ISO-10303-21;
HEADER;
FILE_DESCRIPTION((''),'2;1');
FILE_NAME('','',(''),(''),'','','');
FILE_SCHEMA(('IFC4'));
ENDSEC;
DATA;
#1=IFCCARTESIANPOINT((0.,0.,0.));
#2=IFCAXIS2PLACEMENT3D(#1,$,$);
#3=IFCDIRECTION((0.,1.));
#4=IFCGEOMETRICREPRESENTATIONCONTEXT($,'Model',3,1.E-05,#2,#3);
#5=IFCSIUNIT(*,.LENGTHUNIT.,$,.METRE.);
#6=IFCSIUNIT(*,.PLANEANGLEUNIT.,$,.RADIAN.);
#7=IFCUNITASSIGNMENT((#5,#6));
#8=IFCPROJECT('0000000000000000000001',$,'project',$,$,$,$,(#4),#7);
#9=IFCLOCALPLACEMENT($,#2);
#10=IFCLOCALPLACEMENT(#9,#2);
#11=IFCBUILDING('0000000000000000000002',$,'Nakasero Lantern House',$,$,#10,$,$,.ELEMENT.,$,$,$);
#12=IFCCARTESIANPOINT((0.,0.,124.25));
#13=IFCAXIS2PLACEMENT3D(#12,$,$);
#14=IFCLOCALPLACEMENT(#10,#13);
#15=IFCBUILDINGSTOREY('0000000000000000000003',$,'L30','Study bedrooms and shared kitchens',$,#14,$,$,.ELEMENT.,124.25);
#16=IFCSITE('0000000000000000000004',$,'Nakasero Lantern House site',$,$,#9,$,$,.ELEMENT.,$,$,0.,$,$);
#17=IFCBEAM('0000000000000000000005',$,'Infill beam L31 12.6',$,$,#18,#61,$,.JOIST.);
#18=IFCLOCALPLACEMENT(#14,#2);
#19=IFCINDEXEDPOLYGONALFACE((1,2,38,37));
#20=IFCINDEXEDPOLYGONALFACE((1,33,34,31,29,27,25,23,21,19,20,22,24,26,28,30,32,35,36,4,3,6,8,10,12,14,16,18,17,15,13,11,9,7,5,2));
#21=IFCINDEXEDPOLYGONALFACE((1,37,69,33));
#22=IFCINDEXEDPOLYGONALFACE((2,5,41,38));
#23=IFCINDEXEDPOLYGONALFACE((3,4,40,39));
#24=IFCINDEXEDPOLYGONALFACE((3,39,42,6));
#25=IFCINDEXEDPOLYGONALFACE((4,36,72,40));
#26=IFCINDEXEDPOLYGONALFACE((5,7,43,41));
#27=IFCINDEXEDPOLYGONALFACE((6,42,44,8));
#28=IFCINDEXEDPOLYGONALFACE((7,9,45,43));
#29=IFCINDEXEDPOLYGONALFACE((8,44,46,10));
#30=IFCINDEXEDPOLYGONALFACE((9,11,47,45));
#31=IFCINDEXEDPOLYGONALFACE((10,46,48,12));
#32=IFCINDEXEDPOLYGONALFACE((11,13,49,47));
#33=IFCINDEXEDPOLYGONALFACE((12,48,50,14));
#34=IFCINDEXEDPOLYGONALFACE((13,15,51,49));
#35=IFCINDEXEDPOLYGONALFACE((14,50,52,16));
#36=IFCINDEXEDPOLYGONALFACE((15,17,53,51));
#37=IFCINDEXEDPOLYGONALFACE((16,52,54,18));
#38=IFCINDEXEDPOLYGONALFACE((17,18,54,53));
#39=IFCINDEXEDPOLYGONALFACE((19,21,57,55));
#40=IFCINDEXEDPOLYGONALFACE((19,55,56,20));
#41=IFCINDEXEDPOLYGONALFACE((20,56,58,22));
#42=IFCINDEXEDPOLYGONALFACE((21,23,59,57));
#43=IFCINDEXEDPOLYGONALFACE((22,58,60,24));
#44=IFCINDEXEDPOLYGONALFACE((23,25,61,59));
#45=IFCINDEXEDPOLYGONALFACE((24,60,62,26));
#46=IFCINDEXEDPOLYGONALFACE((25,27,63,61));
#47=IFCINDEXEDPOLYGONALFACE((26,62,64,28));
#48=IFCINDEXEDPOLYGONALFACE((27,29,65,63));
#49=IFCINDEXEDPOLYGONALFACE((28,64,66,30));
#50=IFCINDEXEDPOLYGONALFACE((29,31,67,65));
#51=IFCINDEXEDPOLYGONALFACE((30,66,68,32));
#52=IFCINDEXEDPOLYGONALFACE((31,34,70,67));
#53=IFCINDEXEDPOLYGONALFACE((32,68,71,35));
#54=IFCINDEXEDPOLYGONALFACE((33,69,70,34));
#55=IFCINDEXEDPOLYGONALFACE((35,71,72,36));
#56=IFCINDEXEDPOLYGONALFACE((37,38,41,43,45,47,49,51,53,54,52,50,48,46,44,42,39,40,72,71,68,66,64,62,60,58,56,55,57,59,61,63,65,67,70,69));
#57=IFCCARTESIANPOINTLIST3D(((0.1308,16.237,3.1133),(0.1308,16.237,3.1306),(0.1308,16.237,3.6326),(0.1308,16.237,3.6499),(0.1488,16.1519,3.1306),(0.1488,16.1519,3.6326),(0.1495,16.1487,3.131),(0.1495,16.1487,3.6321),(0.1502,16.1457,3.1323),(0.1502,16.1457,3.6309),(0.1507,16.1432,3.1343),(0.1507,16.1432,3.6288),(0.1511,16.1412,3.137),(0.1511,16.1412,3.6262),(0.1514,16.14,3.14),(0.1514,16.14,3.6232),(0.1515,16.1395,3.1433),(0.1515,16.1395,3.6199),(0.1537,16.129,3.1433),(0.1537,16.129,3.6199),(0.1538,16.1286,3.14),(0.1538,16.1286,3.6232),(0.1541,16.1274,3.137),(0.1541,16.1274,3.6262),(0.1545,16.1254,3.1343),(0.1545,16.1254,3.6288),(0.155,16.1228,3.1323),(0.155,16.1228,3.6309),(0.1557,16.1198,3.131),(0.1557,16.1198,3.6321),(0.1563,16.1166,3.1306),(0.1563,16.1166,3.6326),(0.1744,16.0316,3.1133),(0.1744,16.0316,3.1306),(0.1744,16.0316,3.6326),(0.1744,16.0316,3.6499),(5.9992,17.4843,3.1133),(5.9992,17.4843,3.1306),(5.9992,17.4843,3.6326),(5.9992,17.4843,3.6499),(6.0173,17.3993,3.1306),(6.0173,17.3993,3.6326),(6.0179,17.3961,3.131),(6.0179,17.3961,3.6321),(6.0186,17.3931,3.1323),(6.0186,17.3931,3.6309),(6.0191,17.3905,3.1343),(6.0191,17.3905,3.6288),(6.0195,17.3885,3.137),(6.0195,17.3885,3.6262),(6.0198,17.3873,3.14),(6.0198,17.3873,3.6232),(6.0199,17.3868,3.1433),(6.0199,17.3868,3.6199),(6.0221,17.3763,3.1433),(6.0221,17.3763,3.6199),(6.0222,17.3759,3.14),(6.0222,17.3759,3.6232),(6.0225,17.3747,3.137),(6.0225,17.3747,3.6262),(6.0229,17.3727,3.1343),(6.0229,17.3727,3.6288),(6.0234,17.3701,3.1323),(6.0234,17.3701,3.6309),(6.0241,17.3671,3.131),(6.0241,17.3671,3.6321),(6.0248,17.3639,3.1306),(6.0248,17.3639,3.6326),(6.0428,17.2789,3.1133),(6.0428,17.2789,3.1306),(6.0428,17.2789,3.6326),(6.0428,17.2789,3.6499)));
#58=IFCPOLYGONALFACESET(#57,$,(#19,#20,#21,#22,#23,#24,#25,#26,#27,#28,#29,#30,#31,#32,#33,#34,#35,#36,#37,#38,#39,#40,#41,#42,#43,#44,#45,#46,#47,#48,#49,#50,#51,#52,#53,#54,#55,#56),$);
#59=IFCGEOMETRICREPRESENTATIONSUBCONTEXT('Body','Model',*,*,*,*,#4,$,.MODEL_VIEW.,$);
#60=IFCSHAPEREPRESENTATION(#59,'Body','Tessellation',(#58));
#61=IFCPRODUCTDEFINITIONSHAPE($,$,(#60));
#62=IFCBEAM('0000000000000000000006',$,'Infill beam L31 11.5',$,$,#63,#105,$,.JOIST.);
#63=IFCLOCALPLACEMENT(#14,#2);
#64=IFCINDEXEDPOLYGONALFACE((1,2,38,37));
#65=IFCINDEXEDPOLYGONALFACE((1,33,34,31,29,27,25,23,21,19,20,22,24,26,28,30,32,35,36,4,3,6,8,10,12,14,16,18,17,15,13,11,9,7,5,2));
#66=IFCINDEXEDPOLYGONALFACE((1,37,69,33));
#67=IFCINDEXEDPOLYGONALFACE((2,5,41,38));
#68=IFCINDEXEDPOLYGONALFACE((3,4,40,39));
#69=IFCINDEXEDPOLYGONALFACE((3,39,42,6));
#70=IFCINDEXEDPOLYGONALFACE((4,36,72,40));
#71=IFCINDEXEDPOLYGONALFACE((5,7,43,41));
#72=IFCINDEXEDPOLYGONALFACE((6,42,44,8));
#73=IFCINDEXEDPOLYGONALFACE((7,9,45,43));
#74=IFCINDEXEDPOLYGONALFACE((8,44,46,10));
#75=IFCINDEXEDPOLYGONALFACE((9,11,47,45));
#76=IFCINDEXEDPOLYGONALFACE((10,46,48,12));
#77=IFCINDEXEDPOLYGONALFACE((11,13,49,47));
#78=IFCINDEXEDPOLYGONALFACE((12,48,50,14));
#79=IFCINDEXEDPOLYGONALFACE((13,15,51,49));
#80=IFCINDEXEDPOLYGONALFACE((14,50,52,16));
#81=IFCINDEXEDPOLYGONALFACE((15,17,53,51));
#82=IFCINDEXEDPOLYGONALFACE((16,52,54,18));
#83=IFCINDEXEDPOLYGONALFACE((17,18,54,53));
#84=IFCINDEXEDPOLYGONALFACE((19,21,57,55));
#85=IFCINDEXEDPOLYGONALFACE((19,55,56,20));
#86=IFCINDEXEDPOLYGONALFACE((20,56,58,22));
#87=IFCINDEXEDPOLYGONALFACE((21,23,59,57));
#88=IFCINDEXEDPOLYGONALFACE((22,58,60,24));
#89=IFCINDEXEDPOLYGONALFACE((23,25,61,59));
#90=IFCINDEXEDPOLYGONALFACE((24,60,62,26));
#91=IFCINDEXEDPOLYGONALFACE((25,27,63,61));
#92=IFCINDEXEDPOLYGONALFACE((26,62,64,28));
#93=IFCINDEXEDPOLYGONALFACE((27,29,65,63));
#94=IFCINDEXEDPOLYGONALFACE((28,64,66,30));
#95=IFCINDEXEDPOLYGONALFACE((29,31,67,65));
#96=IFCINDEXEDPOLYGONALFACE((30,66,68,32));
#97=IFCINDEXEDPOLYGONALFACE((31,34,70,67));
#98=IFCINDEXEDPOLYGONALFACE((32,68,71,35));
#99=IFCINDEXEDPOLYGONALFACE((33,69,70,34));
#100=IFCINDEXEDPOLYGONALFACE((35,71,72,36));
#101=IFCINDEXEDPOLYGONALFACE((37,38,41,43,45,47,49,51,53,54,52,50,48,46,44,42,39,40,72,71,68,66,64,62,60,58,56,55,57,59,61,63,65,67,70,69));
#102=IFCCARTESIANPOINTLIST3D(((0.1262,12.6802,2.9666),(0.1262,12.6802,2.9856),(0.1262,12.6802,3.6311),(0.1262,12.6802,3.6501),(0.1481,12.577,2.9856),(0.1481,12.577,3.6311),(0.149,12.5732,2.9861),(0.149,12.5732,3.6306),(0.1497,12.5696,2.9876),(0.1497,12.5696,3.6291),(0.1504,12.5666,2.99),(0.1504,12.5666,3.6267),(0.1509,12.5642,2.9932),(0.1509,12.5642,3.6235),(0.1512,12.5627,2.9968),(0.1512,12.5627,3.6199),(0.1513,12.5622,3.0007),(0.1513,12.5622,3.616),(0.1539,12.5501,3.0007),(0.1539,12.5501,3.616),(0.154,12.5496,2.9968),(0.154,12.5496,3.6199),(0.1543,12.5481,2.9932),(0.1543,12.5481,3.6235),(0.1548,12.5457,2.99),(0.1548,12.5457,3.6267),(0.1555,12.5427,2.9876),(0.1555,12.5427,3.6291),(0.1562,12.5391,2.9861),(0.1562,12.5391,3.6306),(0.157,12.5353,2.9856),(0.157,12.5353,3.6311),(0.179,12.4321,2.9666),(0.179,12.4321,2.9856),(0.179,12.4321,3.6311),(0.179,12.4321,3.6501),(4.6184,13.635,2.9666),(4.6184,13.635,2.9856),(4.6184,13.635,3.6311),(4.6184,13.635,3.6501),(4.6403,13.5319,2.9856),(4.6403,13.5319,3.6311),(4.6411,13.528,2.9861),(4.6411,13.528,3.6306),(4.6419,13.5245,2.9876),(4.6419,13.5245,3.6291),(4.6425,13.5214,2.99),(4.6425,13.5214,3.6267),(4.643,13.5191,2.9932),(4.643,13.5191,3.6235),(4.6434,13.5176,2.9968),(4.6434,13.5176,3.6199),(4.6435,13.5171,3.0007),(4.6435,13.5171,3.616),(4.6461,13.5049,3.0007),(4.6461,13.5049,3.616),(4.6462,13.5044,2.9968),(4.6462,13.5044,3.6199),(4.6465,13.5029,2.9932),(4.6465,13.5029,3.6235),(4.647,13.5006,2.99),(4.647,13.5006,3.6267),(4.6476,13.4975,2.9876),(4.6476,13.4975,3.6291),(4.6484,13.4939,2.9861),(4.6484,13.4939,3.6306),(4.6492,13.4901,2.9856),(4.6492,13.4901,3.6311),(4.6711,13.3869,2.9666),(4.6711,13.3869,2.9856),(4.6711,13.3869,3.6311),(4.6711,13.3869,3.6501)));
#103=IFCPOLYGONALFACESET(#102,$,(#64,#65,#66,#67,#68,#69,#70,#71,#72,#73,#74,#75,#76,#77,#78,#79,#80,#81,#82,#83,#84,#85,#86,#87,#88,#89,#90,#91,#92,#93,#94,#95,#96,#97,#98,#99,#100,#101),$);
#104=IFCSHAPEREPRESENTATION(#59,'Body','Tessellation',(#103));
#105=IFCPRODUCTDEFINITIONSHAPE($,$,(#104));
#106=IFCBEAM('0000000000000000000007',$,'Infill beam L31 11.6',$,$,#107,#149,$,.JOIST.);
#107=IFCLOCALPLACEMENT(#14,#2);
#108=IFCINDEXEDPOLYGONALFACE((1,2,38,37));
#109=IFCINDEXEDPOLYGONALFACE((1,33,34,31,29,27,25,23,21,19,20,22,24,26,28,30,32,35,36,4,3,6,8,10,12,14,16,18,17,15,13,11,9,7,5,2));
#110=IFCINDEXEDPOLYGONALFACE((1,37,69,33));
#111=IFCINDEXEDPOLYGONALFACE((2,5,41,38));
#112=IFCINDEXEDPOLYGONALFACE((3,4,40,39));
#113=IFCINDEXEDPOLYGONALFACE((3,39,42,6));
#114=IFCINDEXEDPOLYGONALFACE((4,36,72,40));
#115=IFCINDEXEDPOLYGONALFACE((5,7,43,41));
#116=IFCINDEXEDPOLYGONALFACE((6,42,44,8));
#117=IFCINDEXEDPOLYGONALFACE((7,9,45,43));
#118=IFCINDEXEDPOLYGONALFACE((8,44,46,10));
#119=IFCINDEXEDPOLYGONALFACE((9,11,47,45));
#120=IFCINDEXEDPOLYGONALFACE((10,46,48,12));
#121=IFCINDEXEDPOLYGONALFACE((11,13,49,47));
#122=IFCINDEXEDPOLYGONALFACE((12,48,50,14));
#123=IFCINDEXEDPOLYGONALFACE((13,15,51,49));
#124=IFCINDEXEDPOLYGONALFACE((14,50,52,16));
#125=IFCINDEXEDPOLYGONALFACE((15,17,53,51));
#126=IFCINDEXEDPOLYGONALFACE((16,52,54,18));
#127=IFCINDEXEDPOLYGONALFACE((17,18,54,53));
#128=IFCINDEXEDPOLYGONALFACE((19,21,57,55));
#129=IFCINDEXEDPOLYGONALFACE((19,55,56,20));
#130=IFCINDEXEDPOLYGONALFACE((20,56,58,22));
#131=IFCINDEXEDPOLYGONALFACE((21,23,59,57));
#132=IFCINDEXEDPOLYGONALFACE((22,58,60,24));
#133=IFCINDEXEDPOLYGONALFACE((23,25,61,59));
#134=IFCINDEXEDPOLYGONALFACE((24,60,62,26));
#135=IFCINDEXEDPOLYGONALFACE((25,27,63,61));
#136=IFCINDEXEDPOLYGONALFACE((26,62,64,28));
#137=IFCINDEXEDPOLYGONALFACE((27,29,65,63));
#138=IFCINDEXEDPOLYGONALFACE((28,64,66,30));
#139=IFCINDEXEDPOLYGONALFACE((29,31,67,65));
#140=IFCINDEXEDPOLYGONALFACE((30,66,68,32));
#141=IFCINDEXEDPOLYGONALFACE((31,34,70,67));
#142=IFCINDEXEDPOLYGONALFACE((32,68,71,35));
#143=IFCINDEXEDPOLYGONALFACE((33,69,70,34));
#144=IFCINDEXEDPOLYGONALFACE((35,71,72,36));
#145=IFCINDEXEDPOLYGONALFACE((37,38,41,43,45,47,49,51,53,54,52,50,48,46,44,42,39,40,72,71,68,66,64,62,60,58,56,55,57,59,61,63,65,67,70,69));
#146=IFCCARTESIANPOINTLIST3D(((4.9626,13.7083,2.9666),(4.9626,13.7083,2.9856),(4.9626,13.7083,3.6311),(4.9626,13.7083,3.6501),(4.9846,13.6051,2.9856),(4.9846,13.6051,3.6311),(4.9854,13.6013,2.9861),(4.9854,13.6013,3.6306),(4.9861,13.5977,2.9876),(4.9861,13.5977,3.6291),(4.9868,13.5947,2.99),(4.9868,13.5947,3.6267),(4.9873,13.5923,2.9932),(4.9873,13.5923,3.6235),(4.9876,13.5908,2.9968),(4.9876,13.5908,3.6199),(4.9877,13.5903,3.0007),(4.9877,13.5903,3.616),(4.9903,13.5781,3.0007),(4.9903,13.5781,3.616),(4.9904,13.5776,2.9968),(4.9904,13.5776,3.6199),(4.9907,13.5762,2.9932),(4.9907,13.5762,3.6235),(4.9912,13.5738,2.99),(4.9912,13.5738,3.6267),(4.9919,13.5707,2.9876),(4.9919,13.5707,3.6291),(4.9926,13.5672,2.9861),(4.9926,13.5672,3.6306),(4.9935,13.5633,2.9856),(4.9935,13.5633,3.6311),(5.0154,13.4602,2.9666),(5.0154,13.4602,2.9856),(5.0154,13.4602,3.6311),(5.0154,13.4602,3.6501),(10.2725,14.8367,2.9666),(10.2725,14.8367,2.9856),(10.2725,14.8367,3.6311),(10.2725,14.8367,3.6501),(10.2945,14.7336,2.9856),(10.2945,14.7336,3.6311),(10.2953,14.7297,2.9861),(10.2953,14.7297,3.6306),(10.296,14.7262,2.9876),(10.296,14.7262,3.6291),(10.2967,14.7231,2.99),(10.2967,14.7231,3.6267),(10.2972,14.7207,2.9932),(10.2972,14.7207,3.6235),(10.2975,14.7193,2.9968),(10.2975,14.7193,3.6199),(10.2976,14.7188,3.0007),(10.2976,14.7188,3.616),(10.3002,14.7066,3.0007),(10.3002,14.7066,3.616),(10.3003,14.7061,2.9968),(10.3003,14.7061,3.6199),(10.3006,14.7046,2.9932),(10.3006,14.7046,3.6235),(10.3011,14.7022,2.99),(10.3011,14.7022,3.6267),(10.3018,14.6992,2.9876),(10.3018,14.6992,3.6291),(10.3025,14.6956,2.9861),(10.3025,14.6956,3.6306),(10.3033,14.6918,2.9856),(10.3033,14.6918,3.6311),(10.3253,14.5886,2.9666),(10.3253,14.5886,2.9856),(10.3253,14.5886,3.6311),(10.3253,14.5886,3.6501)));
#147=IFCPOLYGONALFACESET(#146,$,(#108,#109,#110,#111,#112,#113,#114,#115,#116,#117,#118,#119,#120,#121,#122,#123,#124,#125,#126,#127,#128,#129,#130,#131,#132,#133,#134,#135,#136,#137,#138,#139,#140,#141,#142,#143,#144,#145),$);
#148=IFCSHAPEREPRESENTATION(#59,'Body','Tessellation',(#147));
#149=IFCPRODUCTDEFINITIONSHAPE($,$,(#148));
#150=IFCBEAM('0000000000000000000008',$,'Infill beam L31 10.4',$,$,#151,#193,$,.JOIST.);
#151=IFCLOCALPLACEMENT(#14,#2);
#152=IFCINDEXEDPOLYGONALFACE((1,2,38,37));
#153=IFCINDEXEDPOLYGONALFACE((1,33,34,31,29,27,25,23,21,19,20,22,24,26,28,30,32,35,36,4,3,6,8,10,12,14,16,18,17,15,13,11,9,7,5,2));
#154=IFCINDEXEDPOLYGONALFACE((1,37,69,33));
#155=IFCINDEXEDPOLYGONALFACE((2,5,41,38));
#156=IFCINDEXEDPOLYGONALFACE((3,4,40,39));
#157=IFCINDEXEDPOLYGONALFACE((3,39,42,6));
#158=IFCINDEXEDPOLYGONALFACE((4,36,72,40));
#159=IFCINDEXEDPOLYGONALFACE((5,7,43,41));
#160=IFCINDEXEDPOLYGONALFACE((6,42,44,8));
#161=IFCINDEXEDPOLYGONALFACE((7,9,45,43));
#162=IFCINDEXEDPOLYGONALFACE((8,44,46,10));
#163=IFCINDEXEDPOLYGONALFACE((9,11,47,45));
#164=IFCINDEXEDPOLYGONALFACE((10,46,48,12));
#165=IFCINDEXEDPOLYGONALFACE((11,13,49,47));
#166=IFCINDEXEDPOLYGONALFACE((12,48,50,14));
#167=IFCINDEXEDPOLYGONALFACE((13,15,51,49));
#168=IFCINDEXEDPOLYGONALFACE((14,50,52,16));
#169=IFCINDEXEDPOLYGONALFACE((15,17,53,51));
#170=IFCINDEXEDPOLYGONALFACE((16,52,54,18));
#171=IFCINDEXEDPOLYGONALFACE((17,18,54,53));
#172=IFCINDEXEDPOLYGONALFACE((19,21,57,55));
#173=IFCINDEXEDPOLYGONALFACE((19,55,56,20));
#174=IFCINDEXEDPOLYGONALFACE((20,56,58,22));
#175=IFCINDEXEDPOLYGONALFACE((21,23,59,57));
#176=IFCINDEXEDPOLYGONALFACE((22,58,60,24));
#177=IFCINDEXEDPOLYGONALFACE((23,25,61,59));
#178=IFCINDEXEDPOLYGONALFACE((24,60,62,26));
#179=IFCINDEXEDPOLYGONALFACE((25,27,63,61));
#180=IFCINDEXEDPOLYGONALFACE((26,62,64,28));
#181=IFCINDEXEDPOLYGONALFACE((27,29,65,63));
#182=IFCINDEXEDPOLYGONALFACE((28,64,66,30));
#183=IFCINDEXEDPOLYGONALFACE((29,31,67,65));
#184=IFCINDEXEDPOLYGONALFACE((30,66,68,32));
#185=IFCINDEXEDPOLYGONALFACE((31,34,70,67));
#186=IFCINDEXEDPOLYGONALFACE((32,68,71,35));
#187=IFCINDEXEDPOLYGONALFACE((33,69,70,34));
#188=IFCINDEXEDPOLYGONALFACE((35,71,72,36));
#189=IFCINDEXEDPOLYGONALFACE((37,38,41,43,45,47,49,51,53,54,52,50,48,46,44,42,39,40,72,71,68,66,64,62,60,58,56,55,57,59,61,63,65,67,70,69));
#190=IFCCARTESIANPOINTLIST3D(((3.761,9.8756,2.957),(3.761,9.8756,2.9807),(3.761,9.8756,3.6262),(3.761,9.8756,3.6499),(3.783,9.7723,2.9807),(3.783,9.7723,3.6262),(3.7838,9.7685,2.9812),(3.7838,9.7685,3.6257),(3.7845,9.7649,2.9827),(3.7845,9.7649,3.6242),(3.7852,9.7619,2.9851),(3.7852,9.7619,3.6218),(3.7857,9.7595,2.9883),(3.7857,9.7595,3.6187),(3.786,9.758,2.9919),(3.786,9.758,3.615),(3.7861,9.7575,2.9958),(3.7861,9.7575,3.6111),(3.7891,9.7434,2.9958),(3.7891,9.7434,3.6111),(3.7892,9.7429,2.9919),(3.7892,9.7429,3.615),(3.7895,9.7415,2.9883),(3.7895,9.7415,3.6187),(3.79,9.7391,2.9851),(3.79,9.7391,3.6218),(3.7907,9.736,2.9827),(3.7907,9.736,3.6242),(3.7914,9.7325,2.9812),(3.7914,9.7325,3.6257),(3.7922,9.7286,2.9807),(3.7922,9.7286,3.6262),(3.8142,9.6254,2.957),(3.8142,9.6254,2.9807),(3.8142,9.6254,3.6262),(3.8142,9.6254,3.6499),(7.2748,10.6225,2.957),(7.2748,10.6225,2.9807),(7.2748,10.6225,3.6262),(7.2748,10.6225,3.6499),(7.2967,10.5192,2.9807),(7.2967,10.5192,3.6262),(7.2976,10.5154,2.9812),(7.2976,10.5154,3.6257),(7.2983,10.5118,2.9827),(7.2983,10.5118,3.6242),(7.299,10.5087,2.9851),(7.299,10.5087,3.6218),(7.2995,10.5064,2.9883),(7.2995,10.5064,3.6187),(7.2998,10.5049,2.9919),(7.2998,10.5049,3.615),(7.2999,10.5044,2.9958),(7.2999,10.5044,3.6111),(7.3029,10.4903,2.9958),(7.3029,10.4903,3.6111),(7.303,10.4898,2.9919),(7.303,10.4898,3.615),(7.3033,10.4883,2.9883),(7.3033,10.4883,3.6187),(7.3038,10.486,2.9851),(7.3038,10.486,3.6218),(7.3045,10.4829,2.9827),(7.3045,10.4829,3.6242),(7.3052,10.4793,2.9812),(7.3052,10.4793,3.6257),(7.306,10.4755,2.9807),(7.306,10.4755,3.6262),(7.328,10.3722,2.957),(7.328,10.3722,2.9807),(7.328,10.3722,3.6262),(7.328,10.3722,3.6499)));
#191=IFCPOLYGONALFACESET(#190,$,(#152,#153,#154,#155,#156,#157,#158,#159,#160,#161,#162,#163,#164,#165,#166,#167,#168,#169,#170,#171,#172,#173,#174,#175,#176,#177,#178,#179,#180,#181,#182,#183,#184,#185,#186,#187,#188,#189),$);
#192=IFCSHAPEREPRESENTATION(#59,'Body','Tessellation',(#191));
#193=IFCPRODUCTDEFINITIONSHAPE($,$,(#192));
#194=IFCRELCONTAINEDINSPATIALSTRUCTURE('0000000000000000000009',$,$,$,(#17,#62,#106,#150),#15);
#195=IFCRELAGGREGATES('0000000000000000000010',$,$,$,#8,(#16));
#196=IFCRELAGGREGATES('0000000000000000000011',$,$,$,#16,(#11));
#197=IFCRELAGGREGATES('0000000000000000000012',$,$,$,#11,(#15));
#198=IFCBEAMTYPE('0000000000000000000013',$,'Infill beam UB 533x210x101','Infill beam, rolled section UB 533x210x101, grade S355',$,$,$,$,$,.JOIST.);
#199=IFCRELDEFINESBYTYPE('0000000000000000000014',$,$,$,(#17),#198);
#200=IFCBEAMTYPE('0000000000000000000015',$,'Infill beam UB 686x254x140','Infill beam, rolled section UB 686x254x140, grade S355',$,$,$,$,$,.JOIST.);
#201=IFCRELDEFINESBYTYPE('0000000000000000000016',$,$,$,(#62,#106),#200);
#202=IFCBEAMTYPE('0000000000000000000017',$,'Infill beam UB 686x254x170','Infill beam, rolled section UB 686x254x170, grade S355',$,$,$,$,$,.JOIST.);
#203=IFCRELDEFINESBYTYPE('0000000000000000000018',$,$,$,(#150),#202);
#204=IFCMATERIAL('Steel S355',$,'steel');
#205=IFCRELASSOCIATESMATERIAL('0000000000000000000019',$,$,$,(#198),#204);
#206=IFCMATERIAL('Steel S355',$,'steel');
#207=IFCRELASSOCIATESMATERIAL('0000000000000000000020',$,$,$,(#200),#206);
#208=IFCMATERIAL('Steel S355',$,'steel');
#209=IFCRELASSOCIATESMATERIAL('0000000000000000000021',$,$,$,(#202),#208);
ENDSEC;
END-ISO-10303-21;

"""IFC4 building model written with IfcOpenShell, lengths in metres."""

from ifc_helpers import new_model, si_unit, direction, frame, origin, origin_2d, place, context, subcontext, project, spatial, i_section, extrude, material, material_profile, profile_set, type_object, element, save


model = new_model("IFC4")

# Units and contexts
model_context = context("Model", 3, precision=1e-05, world=origin(), true_north=direction((0.0, 1.0)))
body_context = subcontext(model_context, "Body", "Model", "MODEL_VIEW")
ifc_project = project(units=[si_unit("LENGTHUNIT", "METRE"), si_unit("PLANEANGLEUNIT", "RADIAN")], contexts=[model_context])

# Site, building, storey
site_placement = place(None, origin())
site = spatial("IfcSite", under=ifc_project, at=site_placement, Name="Nakasero Lantern House site", CompositionType="ELEMENT", RefElevation=0.0)
building_placement = place(site_placement, origin())
building = spatial("IfcBuilding", under=site, at=building_placement, Name="Nakasero Lantern House", CompositionType="ELEMENT")
storey_placement = place(building_placement, frame((0.0, 0.0, 124.25)))
storey = spatial("IfcBuildingStorey", under=building, at=storey_placement, Name="L30", Description="Study bedrooms and shared kitchens", CompositionType="ELEMENT", Elevation=124.25)

# Beams
ifc_material_1 = material(Name="Steel S355", Category="steel")
ifc_material_profile_1 = material_profile(ifc_material_1, i_section(OverallWidth=0.21, OverallDepth=0.5366, WebThickness=0.0107, FlangeThickness=0.0173, FilletRadius=0.0127, at=origin_2d()), Name="UB 533x210x101")
ifc_profile_set_1 = profile_set([ifc_material_profile_1], Name="Steel S355")
beam_type_1 = type_object("IfcBeamType", Name="Infill beam UB 533x210x101", Description="Infill beam, rolled section UB 533x210x101, grade S355", PredefinedType="JOIST", material=ifc_profile_set_1)
beam_1_placement = place(storey_placement, frame((0.1526, 16.1343, 3.3816), z_axis=(0.978149, 0.207903, 0.0), x_axis=(-0.207903, 0.978149, 0.0)))
element("IfcBeam", 1, at=beam_1_placement, inside=storey, type_object=beam_type_1, Name="Infill beam L31 12.6", PredefinedType="JOIST", context=body_context, shape_type="SweptSolid", body=[
    extrude(i_section(OverallWidth=0.21, OverallDepth=0.5366, WebThickness=0.0107, FlangeThickness=0.0173, FilletRadius=0.0127, at=origin_2d()), origin(), (0.0, 0.0, 1.0), 5.9995),
])
ifc_material_2 = material(Name="Steel S355", Category="steel")
ifc_material_profile_2 = material_profile(ifc_material_2, i_section(OverallWidth=0.2537, OverallDepth=0.6836, WebThickness=0.0125, FlangeThickness=0.019, FilletRadius=0.0151, at=origin_2d()), Name="UB 686x254x140")
ifc_profile_set_2 = profile_set([ifc_material_profile_2], Name="Steel S355")
beam_type_2 = type_object("IfcBeamType", Name="Infill beam UB 686x254x140", Description="Infill beam, rolled section UB 686x254x140, grade S355", PredefinedType="JOIST", material=ifc_profile_set_2)
beam_2_placement = place(storey_placement, frame((0.1526, 12.5562, 3.3083), z_axis=(0.978148, 0.20791, 0.0), x_axis=(-0.20791, 0.978148, 0.0)))
element("IfcBeam", 2, at=beam_2_placement, inside=storey, type_object=beam_type_2, Name="Infill beam L31 11.5", PredefinedType="JOIST", context=body_context, shape_type="SweptSolid", body=[
    extrude(i_section(OverallWidth=0.2537, OverallDepth=0.6836, WebThickness=0.0125, FlangeThickness=0.019, FilletRadius=0.0151, at=origin_2d()), origin(), (0.0, 0.0, 1.0), 4.5925),
])
beam_3_placement = place(storey_placement, frame((4.989, 13.5842, 3.3083), z_axis=(0.978156, 0.207873, 0.0), x_axis=(-0.207873, 0.978156, 0.0)))
element("IfcBeam", 3, at=beam_3_placement, inside=storey, type_object=beam_type_2, Name="Infill beam L31 11.6", PredefinedType="JOIST", context=body_context, shape_type="SweptSolid", body=[
    extrude(i_section(OverallWidth=0.2537, OverallDepth=0.6836, WebThickness=0.0125, FlangeThickness=0.019, FilletRadius=0.0151, at=origin_2d()), origin(), (0.0, 0.0, 1.0), 5.4285),
])
ifc_material_3 = material(Name="Steel S355", Category="steel")
ifc_material_profile_3 = material_profile(ifc_material_3, i_section(OverallWidth=0.2559, OverallDepth=0.6929, WebThickness=0.0144, FlangeThickness=0.0237, FilletRadius=0.0151, at=origin_2d()), Name="UB 686x254x170")
ifc_profile_set_3 = profile_set([ifc_material_profile_3], Name="Steel S355")
beam_type_3 = type_object("IfcBeamType", Name="Infill beam UB 686x254x170", Description="Infill beam, rolled section UB 686x254x170, grade S355", PredefinedType="JOIST", material=ifc_profile_set_3)
beam_4_placement = place(storey_placement, frame((3.7876, 9.7505, 3.3035), z_axis=(0.978149, 0.207904, 0.0), x_axis=(-0.207904, 0.978149, 0.0)))
element("IfcBeam", 4, at=beam_4_placement, inside=storey, type_object=beam_type_3, Name="Infill beam L31 10.4", PredefinedType="JOIST", context=body_context, shape_type="SweptSolid", body=[
    extrude(i_section(OverallWidth=0.2559, OverallDepth=0.6929, WebThickness=0.0144, FlangeThickness=0.0237, FilletRadius=0.0151, at=origin_2d()), origin(), (0.0, 0.0, 1.0), 3.5923),
])

save(model, "model.ifc")
